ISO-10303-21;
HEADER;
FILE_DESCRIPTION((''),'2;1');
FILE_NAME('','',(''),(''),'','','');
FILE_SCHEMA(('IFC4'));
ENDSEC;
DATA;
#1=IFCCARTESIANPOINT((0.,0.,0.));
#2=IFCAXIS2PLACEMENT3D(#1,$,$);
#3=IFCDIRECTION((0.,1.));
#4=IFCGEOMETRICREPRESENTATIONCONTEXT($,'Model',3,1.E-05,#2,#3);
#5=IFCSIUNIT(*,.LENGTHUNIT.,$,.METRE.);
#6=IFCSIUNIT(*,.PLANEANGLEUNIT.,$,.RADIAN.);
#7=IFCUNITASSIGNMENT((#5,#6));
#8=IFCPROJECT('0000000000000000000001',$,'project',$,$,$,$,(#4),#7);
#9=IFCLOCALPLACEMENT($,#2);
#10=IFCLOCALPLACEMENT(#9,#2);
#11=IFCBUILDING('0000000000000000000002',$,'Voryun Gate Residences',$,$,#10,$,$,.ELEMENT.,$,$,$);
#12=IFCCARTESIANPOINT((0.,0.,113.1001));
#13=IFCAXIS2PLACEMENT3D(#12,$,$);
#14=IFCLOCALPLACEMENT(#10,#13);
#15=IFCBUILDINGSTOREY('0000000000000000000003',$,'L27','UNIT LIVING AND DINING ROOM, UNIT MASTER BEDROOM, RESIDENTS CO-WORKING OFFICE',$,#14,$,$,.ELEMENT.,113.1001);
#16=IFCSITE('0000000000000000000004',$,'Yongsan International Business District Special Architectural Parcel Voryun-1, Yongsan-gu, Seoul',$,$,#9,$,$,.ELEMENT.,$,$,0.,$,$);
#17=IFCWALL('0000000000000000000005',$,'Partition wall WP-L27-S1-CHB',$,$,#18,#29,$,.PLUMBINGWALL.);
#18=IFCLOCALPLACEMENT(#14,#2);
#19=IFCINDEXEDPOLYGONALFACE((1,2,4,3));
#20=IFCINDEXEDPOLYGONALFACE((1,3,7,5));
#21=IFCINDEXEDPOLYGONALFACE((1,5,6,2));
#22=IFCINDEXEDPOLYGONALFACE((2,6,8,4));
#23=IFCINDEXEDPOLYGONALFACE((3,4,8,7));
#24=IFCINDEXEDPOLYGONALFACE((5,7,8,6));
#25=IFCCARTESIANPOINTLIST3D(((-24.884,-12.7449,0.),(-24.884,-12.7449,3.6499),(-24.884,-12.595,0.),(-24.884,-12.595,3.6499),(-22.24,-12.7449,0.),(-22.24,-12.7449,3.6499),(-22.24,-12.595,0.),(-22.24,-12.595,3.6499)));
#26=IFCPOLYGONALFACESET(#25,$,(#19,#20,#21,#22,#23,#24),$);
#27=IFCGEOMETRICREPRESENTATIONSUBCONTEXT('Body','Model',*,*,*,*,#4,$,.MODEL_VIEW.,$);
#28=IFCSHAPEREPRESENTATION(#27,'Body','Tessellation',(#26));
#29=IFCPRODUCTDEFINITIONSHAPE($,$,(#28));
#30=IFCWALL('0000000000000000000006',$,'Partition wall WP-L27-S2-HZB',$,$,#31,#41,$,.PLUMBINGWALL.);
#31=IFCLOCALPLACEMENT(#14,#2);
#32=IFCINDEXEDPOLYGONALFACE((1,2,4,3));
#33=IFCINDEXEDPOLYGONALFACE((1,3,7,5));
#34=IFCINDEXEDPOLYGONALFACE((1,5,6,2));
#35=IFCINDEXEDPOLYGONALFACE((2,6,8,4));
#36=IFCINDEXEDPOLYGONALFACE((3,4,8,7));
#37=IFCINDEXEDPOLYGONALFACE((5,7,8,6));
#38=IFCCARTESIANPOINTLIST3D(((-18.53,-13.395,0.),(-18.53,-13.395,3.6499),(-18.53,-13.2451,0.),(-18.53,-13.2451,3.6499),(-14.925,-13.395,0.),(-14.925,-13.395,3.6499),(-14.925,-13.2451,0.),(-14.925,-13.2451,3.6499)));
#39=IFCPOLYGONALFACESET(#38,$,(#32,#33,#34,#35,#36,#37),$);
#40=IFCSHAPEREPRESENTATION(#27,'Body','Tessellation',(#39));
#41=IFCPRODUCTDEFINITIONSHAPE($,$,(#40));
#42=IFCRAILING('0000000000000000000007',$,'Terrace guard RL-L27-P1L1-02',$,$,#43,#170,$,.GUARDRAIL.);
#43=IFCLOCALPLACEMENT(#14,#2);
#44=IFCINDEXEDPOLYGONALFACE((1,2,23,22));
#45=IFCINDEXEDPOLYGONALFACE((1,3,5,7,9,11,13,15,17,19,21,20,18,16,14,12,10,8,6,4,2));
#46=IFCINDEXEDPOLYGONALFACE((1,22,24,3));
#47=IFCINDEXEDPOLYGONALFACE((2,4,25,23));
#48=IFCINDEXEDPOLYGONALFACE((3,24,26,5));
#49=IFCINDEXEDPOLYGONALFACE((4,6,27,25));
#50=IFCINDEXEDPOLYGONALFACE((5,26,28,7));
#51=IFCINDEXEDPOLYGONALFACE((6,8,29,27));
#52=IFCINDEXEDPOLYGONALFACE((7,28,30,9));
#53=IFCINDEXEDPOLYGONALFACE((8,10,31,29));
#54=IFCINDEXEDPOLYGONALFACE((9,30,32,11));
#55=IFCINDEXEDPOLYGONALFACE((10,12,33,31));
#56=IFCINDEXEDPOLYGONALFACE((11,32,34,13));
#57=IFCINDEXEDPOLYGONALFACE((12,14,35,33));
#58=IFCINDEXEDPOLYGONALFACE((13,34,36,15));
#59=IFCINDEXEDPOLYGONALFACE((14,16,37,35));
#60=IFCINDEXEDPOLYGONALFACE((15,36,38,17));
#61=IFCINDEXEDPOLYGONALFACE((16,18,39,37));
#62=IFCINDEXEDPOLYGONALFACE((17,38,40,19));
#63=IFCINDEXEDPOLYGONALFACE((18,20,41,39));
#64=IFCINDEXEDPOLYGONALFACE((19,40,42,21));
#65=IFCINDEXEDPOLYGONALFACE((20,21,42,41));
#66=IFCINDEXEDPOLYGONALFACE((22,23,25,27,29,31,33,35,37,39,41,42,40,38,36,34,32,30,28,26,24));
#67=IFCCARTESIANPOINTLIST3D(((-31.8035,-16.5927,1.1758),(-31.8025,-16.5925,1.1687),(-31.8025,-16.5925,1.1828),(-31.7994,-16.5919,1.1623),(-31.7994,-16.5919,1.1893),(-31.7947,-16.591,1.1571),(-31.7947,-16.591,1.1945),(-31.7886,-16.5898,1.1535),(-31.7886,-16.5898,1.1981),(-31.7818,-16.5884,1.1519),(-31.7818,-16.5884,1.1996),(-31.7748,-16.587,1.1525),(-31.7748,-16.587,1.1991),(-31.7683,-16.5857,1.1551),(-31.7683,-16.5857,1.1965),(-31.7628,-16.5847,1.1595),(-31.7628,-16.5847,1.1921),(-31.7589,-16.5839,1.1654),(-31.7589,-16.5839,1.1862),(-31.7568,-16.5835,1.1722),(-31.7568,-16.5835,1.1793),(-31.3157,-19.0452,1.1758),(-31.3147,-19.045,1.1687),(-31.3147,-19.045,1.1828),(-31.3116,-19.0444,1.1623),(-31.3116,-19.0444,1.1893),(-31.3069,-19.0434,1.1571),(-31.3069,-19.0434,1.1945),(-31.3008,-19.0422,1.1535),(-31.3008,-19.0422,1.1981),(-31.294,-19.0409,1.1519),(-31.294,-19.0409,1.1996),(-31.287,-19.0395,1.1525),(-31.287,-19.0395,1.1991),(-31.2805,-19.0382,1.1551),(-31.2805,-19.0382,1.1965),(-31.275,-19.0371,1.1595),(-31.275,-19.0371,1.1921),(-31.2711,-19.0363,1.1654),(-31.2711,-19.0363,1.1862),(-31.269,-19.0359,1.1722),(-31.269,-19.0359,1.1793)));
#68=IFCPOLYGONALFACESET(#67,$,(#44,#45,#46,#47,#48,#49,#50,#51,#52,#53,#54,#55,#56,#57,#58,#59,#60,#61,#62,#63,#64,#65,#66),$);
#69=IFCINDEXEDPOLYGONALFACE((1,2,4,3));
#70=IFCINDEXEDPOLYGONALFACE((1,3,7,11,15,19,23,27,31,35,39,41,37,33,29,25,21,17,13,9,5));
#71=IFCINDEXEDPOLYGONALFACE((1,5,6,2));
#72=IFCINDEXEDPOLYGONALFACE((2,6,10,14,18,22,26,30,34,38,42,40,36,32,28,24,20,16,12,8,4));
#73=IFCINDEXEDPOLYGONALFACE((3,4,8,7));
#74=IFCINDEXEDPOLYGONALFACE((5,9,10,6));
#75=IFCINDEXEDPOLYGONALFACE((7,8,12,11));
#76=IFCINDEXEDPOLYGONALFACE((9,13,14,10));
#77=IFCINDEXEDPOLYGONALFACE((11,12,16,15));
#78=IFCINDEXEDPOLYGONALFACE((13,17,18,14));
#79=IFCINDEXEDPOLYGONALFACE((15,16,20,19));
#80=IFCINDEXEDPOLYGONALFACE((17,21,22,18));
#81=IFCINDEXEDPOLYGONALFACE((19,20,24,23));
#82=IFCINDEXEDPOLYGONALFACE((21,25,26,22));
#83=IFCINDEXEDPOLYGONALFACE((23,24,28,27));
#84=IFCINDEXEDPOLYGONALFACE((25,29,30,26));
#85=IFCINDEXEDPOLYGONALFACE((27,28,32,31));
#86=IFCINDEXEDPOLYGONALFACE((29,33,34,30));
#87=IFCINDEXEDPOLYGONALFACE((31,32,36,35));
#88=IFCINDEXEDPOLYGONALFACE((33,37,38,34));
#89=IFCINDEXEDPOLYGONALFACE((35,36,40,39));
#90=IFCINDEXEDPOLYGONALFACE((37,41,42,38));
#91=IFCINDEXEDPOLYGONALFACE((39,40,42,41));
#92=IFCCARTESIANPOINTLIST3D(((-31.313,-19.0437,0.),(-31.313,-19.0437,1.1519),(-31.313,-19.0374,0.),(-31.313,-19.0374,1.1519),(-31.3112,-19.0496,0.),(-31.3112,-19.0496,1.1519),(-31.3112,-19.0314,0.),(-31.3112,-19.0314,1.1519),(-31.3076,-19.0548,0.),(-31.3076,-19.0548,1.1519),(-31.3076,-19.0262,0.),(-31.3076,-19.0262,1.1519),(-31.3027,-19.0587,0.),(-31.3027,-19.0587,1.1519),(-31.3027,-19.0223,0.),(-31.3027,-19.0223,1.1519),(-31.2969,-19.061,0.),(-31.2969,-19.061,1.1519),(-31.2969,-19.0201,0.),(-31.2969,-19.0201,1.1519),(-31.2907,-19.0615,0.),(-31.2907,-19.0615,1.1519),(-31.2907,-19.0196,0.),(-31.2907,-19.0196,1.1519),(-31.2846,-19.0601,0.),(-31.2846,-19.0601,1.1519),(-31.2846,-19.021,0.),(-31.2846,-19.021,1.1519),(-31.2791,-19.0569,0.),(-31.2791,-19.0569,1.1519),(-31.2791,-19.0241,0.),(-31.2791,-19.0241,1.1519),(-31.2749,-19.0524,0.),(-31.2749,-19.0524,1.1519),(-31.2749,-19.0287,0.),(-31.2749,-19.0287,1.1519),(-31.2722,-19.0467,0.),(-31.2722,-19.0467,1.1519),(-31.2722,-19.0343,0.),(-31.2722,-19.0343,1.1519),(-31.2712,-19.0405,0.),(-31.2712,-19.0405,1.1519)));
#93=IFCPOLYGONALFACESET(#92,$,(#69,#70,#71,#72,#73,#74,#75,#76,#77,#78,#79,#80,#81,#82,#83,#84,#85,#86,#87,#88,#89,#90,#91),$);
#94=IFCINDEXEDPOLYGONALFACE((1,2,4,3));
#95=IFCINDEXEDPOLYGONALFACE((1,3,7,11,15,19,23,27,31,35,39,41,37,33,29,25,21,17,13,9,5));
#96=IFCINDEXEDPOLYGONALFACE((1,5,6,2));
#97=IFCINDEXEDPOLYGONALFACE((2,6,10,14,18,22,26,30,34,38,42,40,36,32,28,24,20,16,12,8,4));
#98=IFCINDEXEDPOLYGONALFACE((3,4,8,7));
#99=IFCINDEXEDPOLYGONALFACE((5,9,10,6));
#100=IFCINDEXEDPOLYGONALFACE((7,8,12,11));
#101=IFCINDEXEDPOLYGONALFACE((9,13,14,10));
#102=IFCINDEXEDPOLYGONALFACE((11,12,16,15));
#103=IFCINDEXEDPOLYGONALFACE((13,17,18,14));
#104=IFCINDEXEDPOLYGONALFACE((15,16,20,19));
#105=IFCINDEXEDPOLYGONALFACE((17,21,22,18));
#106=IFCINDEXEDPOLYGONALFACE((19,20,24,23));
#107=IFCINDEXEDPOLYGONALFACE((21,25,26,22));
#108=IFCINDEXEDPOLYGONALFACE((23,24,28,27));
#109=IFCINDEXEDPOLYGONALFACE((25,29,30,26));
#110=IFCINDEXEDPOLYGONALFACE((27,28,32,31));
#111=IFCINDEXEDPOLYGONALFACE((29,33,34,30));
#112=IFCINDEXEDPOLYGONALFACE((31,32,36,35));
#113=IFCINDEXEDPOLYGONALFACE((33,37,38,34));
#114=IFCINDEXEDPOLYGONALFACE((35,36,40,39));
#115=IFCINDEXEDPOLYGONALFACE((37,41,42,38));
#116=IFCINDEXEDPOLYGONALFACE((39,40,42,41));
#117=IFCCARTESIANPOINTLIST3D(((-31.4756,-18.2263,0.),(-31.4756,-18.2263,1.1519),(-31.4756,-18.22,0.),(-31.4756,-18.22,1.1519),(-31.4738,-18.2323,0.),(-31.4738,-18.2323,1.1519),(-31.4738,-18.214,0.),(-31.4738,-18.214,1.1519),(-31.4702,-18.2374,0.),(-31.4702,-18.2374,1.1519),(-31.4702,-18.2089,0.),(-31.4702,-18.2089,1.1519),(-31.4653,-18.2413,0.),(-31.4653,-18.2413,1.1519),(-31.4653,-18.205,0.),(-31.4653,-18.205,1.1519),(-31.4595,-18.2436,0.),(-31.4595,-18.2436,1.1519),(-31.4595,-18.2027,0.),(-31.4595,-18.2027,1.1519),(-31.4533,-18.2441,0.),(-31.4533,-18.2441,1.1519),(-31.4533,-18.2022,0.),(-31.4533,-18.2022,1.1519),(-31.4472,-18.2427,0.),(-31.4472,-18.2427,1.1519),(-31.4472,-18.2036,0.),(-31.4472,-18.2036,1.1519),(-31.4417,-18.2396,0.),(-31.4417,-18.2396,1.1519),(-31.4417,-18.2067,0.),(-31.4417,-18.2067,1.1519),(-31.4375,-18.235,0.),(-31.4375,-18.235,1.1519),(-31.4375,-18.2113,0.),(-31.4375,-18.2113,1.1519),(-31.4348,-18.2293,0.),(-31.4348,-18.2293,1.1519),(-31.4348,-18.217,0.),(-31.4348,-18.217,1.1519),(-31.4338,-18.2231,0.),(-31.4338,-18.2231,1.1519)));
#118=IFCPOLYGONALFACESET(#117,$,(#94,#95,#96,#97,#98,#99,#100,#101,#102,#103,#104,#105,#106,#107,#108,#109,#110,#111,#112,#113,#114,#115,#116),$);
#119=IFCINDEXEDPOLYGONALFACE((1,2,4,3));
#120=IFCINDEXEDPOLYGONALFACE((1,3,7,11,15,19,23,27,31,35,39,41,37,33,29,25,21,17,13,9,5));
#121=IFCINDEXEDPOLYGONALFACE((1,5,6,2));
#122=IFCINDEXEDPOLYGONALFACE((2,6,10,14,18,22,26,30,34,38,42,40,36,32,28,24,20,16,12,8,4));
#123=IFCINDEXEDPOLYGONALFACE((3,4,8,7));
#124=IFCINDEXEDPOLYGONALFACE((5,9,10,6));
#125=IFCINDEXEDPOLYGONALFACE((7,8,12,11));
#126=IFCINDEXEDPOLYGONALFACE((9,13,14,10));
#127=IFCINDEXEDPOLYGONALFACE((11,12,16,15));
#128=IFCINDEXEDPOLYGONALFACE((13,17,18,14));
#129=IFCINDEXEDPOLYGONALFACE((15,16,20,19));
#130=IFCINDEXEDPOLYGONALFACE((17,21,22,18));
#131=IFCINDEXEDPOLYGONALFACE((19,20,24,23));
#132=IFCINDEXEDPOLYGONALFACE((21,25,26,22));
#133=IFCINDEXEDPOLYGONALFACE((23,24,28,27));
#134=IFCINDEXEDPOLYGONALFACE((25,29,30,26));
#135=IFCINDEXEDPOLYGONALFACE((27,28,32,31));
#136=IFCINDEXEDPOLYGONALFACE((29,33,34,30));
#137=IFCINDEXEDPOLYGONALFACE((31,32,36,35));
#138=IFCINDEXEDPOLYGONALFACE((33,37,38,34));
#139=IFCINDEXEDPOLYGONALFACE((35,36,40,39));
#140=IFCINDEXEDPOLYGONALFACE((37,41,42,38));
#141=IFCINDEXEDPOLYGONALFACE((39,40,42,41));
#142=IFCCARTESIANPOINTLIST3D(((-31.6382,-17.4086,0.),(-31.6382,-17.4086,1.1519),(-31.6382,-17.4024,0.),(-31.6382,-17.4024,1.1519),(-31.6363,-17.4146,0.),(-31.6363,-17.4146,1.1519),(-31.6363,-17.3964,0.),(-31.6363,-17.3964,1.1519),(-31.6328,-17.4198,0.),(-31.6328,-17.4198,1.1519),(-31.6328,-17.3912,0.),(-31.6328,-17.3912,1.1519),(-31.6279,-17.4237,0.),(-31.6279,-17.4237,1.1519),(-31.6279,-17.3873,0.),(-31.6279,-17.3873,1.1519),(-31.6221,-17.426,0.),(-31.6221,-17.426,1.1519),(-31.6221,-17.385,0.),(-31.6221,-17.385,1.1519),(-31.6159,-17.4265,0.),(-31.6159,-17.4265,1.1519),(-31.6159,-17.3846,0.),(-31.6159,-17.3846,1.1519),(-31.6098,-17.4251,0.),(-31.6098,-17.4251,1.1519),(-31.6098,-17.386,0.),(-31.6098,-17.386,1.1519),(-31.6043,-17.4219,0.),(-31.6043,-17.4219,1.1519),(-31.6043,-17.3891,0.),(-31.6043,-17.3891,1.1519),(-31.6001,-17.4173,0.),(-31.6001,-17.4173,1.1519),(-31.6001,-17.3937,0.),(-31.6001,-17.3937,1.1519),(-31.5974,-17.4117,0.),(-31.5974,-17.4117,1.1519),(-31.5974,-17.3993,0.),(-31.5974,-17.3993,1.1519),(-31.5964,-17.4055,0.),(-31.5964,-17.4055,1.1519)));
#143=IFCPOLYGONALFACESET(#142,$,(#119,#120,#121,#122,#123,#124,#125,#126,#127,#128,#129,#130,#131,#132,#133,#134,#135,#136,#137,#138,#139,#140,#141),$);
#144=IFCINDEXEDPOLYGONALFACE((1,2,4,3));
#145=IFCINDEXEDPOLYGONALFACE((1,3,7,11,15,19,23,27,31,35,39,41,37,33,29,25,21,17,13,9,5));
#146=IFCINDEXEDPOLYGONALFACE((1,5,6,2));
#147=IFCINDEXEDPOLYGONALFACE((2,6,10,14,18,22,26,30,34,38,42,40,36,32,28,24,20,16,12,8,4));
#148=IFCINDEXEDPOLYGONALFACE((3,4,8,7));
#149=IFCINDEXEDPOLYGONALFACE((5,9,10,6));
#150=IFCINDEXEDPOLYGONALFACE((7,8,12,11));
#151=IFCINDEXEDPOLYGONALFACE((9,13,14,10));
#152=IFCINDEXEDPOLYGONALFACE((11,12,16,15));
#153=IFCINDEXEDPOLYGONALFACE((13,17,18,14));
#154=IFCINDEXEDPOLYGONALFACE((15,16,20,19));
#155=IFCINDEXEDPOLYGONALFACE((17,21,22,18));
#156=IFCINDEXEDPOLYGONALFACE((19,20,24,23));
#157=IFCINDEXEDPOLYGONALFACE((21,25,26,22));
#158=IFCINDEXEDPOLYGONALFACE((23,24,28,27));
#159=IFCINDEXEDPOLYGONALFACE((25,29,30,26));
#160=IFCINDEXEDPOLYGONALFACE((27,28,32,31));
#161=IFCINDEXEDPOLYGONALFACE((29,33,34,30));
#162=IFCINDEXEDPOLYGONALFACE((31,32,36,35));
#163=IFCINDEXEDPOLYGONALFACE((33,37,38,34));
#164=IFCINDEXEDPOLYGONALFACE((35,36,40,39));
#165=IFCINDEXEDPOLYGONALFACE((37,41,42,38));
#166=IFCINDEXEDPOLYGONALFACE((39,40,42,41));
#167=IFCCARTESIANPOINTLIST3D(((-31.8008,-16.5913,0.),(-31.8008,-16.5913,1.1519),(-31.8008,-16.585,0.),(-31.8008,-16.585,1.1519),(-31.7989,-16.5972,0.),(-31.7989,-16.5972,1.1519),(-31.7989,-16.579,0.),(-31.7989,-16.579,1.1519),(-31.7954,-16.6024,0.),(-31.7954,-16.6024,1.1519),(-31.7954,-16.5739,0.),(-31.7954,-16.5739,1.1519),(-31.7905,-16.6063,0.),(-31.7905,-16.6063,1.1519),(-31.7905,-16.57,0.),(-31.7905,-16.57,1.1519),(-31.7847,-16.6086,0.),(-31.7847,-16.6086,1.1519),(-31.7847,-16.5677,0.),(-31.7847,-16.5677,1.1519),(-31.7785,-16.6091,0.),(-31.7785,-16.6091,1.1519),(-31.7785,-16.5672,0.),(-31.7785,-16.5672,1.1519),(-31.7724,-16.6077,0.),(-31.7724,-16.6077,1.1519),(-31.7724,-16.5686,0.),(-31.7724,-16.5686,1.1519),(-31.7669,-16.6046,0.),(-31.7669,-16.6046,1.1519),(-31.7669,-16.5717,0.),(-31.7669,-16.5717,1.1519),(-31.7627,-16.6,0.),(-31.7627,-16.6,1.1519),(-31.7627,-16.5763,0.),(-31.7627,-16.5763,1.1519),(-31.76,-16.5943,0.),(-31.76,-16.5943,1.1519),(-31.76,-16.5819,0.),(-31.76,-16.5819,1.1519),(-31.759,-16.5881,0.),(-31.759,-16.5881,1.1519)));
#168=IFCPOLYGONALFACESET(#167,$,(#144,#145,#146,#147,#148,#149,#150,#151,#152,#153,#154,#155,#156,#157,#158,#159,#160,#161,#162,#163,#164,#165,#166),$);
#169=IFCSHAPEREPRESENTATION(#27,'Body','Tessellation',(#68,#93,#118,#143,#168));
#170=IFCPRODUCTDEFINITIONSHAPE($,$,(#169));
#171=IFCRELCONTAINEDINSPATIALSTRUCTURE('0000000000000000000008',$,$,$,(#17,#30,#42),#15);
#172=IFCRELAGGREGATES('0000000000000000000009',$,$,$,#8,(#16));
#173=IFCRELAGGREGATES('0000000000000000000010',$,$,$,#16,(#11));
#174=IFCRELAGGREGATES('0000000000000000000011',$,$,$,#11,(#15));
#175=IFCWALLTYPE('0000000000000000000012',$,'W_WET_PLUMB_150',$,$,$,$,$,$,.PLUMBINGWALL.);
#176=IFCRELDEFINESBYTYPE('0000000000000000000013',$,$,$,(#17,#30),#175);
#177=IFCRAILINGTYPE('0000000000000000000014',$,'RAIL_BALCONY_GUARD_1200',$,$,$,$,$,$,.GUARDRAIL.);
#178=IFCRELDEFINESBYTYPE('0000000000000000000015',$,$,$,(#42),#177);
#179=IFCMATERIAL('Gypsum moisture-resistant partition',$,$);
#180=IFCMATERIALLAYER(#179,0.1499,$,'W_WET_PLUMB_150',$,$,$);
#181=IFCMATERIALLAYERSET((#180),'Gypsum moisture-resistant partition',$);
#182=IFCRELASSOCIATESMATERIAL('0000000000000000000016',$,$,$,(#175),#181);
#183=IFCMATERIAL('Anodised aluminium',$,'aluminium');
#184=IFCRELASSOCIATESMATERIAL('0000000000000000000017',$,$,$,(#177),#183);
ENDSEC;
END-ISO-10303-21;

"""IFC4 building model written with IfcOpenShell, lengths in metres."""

from ifc_helpers import new_model, si_unit, direction, frame, frame_2d, origin, origin_2d, place, context, subcontext, project, spatial, rectangle, circle, extrude, material, layer, layer_set, type_object, element, save


model = new_model("IFC4")

# Units and contexts
model_context = context("Model", 3, precision=1e-05, world=origin(), true_north=direction((0.0, 1.0)))
body_context = subcontext(model_context, "Body", "Model", "MODEL_VIEW")
ifc_project = project(units=[si_unit("LENGTHUNIT", "METRE"), si_unit("PLANEANGLEUNIT", "RADIAN")], contexts=[model_context])

# Site, building, storey
site_placement = place(None, origin())
site = spatial("IfcSite", under=ifc_project, at=site_placement, Name="Yongsan International Business District Special Architectural Parcel Voryun-1, Yongsan-gu, Seoul", CompositionType="ELEMENT", RefElevation=0.0)
building_placement = place(site_placement, origin())
building = spatial("IfcBuilding", under=site, at=building_placement, Name="Voryun Gate Residences", CompositionType="ELEMENT")
storey_placement = place(building_placement, frame((0.0, 0.0, 113.1001)))
storey = spatial("IfcBuildingStorey", under=building, at=storey_placement, Name="L27", Description="UNIT LIVING AND DINING ROOM, UNIT MASTER BEDROOM, RESIDENTS CO-WORKING OFFICE", CompositionType="ELEMENT", Elevation=113.1001)

# Shared definitions
ifc_material_1 = material(Name="Gypsum moisture-resistant partition")
ifc_layer_1 = layer(ifc_material_1, 0.1499, Name="W_WET_PLUMB_150")
ifc_layer_set_1 = layer_set([ifc_layer_1], Name="Gypsum moisture-resistant partition")
wall_type_1 = type_object("IfcWallType", Name="W_WET_PLUMB_150", PredefinedType="PLUMBINGWALL", material=ifc_layer_set_1)

# Walls
wall_1_placement = place(storey_placement, frame((-24.884, -12.6699, 0.0), z_axis=(0.0, 0.0, 1.0), x_axis=(1.0, 0.0, 0.0)))
element("IfcWall", 1, at=wall_1_placement, inside=storey, type_object=wall_type_1, Name="Partition wall WP-L27-S1-CHB", PredefinedType="PLUMBINGWALL", context=body_context, shape_type="SweptSolid", body=[
    extrude(rectangle(XDim=2.644, YDim=0.1499, at=frame_2d((1.322, 0.0))), origin(), (0.0, 0.0, 1.0), 3.6499),
])
wall_2_placement = place(storey_placement, frame((-18.53, -13.3201, 0.0), z_axis=(0.0, 0.0, 1.0), x_axis=(1.0, 0.0, 0.0)))
element("IfcWall", 2, at=wall_2_placement, inside=storey, type_object=wall_type_1, Name="Partition wall WP-L27-S2-HZB", PredefinedType="PLUMBINGWALL", context=body_context, shape_type="SweptSolid", body=[
    extrude(rectangle(XDim=3.605, YDim=0.1499, at=frame_2d((1.8025, 0.0))), origin(), (0.0, 0.0, 1.0), 3.6499),
])

# Railing
ifc_material_2 = material(Name="Anodised aluminium", Category="aluminium")
railing_type = type_object("IfcRailingType", Name="RAIL_BALCONY_GUARD_1200", PredefinedType="GUARDRAIL", material=ifc_material_2)
railing_1_placement = place(storey_placement, frame((-31.2922, -19.0405, 0.0)))
element("IfcRailing", 3, at=railing_1_placement, inside=storey, type_object=railing_type, Name="Terrace guard RL-L27-P1L1-02", PredefinedType="GUARDRAIL", context=body_context, shape_type="SweptSolid", body=[
    extrude(circle(Radius=0.0239, at=origin_2d()), frame((0.0, 0.0, 1.1758), z_axis=(-0.195083, 0.980787, 0.0), x_axis=(-0.980787, -0.195083, 0.0)), (0.0, 0.0, 1.0), 2.5005),
    extrude(circle(Radius=0.021, at=origin_2d()), origin(), (0.0, 0.0, 1.0), 1.1519),
    extrude(circle(Radius=0.021, at=origin_2d()), frame((-0.1626, 0.8174, 0.0)), (0.0, 0.0, 1.0), 1.1519),
    extrude(circle(Radius=0.021, at=origin_2d()), frame((-0.3252, 1.635, 0.0)), (0.0, 0.0, 1.0), 1.1519),
    extrude(circle(Radius=0.021, at=origin_2d()), frame((-0.4878, 2.4524, 0.0)), (0.0, 0.0, 1.0), 1.1519),
])

save(model, "model.ifc")
